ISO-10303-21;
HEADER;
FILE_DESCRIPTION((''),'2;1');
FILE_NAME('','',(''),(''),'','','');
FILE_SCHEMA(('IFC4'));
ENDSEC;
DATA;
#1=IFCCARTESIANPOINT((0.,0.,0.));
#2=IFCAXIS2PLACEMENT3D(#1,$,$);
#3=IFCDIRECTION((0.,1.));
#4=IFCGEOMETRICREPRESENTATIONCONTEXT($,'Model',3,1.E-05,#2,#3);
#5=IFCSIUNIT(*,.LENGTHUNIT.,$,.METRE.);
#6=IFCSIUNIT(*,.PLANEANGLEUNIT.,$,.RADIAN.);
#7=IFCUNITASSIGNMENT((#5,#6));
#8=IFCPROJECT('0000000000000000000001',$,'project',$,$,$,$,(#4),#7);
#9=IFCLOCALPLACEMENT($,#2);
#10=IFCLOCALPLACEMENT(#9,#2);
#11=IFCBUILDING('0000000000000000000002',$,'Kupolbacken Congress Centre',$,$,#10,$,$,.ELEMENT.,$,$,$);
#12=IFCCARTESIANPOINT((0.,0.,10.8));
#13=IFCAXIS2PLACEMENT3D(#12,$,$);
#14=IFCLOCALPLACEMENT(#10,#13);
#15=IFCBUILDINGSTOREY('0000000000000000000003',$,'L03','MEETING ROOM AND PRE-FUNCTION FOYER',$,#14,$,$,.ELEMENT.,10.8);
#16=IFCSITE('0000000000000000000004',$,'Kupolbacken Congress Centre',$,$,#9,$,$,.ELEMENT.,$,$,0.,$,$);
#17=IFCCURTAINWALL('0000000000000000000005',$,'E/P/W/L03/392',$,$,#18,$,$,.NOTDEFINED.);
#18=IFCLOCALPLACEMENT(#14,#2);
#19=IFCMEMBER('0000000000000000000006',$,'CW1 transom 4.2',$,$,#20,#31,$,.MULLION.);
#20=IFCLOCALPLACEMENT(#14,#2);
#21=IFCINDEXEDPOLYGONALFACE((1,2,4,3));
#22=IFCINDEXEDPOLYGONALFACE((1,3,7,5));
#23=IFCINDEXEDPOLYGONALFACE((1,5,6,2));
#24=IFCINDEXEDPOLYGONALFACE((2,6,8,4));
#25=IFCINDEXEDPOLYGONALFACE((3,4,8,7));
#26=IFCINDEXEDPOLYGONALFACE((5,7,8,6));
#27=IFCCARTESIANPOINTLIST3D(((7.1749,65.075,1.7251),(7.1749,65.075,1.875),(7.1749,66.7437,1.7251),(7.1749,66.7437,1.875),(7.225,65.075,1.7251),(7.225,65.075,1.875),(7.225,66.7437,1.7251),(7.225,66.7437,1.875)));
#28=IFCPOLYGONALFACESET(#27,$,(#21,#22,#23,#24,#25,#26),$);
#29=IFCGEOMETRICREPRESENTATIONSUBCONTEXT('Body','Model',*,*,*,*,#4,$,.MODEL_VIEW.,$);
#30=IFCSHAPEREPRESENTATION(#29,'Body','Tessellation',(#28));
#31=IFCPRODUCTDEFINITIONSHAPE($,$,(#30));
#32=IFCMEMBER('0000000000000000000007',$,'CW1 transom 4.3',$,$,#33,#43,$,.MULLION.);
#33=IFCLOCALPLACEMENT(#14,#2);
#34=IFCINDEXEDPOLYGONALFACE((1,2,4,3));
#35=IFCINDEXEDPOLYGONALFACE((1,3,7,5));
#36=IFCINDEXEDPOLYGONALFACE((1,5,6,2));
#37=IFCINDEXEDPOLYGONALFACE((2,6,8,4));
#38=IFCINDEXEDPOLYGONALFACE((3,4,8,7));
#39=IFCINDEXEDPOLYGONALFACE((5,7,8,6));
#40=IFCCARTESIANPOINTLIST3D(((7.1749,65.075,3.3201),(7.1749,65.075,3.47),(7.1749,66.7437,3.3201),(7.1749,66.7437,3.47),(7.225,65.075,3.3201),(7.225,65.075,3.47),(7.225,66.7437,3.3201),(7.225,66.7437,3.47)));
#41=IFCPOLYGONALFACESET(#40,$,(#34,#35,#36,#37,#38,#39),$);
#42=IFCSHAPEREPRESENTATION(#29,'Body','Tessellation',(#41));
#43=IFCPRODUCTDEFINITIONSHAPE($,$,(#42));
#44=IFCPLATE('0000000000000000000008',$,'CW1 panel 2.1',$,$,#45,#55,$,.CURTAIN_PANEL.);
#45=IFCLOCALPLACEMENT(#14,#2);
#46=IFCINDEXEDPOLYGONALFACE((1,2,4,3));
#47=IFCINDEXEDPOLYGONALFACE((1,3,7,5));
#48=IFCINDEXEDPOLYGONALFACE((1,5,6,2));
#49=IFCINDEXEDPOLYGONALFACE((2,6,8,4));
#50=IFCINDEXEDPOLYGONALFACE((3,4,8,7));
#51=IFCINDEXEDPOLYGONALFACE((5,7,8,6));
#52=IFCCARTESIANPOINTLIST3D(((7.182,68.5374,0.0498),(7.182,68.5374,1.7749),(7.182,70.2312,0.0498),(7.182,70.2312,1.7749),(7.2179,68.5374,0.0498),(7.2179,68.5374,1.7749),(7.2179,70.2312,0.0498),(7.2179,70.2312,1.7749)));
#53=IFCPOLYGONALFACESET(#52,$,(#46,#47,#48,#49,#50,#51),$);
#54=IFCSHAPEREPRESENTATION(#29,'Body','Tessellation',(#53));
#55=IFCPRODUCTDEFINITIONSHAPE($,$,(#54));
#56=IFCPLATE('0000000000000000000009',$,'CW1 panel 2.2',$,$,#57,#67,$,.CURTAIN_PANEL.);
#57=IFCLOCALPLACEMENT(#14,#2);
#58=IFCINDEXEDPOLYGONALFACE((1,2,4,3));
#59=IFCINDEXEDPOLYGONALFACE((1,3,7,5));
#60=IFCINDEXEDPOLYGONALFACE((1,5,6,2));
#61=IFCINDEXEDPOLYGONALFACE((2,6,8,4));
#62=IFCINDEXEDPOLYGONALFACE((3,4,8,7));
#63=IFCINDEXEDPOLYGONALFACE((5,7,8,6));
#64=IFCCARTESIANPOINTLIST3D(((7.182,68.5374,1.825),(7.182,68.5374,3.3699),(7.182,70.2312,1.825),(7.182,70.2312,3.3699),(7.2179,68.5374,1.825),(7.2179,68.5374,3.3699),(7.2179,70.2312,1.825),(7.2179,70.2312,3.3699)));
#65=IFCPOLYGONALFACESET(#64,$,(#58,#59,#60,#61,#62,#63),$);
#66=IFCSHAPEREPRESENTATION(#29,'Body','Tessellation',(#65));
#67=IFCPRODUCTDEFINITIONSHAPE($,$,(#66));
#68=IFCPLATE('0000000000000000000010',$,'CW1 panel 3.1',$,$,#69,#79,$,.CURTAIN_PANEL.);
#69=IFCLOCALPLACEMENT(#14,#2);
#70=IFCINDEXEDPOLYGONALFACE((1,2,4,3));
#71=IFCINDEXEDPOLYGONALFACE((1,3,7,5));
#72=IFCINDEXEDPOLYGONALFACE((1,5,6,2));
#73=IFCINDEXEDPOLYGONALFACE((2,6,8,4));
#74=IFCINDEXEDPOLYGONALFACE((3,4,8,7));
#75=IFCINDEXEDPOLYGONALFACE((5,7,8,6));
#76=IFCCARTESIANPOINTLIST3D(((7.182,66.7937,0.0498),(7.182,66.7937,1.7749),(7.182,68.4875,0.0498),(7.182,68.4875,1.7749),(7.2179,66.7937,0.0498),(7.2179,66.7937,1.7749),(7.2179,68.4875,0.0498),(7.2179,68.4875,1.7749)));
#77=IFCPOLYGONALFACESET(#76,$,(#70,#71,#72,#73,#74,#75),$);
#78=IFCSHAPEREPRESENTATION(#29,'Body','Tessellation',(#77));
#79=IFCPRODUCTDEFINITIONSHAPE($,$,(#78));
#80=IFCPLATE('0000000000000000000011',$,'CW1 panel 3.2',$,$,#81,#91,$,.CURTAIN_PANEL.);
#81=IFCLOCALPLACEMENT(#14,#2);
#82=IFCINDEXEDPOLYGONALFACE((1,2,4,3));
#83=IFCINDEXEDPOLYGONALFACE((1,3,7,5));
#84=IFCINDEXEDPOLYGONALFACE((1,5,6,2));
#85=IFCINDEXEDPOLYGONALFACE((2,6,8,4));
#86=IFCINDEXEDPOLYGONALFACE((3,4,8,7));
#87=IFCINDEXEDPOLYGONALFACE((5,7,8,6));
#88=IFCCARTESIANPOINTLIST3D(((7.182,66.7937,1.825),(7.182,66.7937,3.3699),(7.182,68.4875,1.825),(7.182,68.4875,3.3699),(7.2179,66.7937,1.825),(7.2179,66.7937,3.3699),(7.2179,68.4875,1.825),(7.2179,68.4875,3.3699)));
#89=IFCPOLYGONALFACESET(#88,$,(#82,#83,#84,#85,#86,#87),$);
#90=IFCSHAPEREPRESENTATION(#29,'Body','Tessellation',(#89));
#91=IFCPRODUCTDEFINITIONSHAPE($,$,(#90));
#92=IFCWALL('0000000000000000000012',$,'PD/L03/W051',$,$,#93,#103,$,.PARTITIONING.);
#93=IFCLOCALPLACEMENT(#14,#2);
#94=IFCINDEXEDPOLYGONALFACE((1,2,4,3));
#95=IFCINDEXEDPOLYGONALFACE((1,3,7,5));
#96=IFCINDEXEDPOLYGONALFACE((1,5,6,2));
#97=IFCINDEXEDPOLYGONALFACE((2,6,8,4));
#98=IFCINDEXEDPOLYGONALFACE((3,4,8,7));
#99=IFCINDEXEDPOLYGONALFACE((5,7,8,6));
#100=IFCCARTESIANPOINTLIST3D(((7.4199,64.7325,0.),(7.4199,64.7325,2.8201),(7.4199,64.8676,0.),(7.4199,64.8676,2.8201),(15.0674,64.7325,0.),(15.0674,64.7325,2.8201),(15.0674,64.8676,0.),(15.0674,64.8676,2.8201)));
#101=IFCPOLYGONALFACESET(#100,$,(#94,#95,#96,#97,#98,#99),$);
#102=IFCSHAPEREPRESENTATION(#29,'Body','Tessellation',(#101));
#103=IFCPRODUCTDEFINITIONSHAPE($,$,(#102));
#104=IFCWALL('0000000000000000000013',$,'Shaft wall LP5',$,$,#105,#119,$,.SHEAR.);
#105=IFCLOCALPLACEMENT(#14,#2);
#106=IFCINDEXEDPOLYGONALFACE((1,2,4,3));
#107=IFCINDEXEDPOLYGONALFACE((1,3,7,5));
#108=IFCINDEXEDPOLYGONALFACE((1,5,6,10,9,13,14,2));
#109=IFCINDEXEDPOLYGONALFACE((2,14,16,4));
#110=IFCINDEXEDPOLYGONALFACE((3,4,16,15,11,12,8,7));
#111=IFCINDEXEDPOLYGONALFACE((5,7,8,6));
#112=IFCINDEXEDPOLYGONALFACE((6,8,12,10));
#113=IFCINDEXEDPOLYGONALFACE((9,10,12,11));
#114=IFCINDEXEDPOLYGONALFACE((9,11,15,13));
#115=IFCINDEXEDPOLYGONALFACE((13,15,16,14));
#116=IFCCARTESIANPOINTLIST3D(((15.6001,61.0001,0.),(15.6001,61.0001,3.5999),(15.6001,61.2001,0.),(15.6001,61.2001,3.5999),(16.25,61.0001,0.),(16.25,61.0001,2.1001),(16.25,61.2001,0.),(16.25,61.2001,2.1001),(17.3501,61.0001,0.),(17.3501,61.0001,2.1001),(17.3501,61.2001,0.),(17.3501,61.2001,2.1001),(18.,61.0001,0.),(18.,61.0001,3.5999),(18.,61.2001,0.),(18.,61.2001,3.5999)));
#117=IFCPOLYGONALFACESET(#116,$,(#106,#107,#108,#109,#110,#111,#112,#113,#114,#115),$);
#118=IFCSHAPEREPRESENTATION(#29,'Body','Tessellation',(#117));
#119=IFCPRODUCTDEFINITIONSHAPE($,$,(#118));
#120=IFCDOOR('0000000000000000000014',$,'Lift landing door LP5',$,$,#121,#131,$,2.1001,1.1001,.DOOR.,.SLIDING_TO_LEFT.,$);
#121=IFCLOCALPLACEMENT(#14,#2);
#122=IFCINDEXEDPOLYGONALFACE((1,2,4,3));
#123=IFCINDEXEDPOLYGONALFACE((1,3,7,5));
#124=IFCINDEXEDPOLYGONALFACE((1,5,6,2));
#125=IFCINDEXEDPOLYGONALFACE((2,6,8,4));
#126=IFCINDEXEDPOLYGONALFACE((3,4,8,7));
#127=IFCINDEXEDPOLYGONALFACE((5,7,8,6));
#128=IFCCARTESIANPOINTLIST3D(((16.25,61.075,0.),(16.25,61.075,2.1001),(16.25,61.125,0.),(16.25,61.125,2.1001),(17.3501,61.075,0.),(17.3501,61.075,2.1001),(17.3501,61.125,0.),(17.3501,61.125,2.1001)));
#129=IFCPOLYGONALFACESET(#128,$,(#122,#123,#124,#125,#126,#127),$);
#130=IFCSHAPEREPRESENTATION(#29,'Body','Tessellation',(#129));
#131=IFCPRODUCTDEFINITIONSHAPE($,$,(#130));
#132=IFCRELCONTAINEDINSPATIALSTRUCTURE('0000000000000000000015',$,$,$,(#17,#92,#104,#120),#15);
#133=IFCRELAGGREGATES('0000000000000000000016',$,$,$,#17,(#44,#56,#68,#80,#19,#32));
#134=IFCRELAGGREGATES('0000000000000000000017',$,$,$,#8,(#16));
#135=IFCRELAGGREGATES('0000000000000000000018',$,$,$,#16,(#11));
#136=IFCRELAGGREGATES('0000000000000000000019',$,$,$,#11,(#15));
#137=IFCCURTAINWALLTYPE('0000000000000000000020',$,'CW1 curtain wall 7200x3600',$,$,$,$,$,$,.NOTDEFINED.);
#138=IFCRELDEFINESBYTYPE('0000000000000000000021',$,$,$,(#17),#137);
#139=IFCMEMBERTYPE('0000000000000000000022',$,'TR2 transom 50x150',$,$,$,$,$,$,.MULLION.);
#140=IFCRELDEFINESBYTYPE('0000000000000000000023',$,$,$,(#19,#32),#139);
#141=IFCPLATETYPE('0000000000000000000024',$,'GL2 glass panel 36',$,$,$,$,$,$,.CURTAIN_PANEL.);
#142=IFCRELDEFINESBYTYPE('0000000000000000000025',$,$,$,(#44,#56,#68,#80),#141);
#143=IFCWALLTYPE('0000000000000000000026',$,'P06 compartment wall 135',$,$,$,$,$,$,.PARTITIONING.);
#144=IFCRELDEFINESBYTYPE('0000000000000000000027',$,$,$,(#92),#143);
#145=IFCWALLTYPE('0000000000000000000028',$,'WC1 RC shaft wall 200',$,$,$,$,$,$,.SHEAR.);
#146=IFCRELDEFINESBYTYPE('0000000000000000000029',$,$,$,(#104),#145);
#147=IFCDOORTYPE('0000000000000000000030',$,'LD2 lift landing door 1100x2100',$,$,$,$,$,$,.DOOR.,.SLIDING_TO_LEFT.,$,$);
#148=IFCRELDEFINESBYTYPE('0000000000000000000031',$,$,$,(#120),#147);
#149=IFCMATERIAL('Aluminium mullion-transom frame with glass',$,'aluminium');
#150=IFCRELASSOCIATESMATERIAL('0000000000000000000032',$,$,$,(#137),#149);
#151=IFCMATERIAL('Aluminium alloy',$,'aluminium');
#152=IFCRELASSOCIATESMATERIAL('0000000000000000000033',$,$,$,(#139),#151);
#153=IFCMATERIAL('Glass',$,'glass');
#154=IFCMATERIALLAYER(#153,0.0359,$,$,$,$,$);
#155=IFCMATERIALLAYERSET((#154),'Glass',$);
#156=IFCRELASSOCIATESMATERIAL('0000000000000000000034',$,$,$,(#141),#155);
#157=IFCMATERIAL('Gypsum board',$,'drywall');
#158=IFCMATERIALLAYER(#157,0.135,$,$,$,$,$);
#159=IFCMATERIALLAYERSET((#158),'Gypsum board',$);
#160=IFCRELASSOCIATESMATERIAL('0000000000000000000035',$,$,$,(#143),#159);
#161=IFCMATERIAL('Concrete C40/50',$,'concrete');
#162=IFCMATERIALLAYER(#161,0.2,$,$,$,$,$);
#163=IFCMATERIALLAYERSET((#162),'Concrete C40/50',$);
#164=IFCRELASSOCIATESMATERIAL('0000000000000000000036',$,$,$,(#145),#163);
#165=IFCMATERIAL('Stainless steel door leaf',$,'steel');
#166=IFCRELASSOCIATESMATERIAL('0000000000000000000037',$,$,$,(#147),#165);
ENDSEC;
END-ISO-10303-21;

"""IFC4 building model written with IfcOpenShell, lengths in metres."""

from ifc_helpers import new_model, si_unit, direction, frame, frame_2d, origin, origin_2d, place, context, subcontext, project, spatial, rectangle, extrude, material, layer, layer_set, material_profile, profile_set, type_object, element, fill, aggregate, save


model = new_model("IFC4")

# Units and contexts
model_context = context("Model", 3, precision=1e-05, world=origin(), true_north=direction((0.0, 1.0)))
body_context = subcontext(model_context, "Body", "Model", "MODEL_VIEW")
ifc_project = project(units=[si_unit("LENGTHUNIT", "METRE"), si_unit("PLANEANGLEUNIT", "RADIAN")], contexts=[model_context])

# Site, building, storey
site_placement = place(None, origin())
site = spatial("IfcSite", under=ifc_project, at=site_placement, Name="Kupolbacken Congress Centre", CompositionType="ELEMENT", RefElevation=0.0)
building_placement = place(site_placement, origin())
building = spatial("IfcBuilding", under=site, at=building_placement, Name="Kupolbacken Congress Centre", CompositionType="ELEMENT")
storey_placement = place(building_placement, frame((0.0, 0.0, 10.8)))
storey = spatial("IfcBuildingStorey", under=building, at=storey_placement, Name="L03", Description="MEETING ROOM AND PRE-FUNCTION FOYER", CompositionType="ELEMENT", Elevation=10.8)

# Curtain wall, members, plates
ifc_material_1 = material(Name="Aluminium mullion-transom frame with glass", Category="aluminium")
curtain_wall_type = type_object("IfcCurtainWallType", Name="CW1 curtain wall 7200x3600", PredefinedType="NOTDEFINED", material=ifc_material_1)
curtain_wall_placement = place(storey_placement, origin())
curtain_wall = element("IfcCurtainWall", 1, at=curtain_wall_placement, inside=storey, type_object=curtain_wall_type, Name="E/P/W/L03/392", PredefinedType="NOTDEFINED")
ifc_material_2 = material(Name="Aluminium alloy", Category="aluminium")
ifc_material_profile_1 = material_profile(ifc_material_2, rectangle(XDim=0.05, YDim=0.1499, at=origin_2d()), Name="50 x 150")
ifc_profile_set_1 = profile_set([ifc_material_profile_1], Name="Aluminium alloy")
member_type_1 = type_object("IfcMemberType", Name="TR2 transom 50x150", PredefinedType="MULLION", material=ifc_profile_set_1)
member_1_placement = place(storey_placement, frame((7.2, 66.7437, 1.8), z_axis=(0.0, -1.0, 0.0), x_axis=(1.0, 0.0, 0.0)))
member_1 = element("IfcMember", 2, at=member_1_placement, type_object=member_type_1, Name="CW1 transom 4.2", PredefinedType="MULLION", context=body_context, shape_type="SweptSolid", body=[
    extrude(rectangle(XDim=0.05, YDim=0.1499, at=origin_2d()), origin(), (0.0, 0.0, 1.0), 1.6687),
])
member_2_placement = place(storey_placement, frame((7.2, 66.7437, 3.395), z_axis=(0.0, -1.0, 0.0), x_axis=(1.0, 0.0, 0.0)))
member_2 = element("IfcMember", 3, at=member_2_placement, type_object=member_type_1, Name="CW1 transom 4.3", PredefinedType="MULLION", context=body_context, shape_type="SweptSolid", body=[
    extrude(rectangle(XDim=0.05, YDim=0.1499, at=origin_2d()), origin(), (0.0, 0.0, 1.0), 1.6687),
])
ifc_material_3 = material(Name="Glass", Category="glass")
ifc_layer_1 = layer(ifc_material_3, 0.0359)
ifc_layer_set_1 = layer_set([ifc_layer_1], Name="Glass")
plate_type = type_object("IfcPlateType", Name="GL2 glass panel 36", PredefinedType="CURTAIN_PANEL", material=ifc_layer_set_1)
plate_1_placement = place(storey_placement, frame((7.2, 69.3843, 0.0498), z_axis=(0.0, 0.0, 1.0), x_axis=(0.0, -1.0, 0.0)))
plate_1 = element("IfcPlate", 4, at=plate_1_placement, type_object=plate_type, Name="CW1 panel 2.1", PredefinedType="CURTAIN_PANEL", context=body_context, shape_type="SweptSolid", body=[
    extrude(rectangle(XDim=1.6938, YDim=0.0359, at=origin_2d()), origin(), (0.0, 0.0, 1.0), 1.7251),
])
plate_2_placement = place(storey_placement, frame((7.2, 69.3843, 1.825), z_axis=(0.0, 0.0, 1.0), x_axis=(0.0, -1.0, 0.0)))
plate_2 = element("IfcPlate", 5, at=plate_2_placement, type_object=plate_type, Name="CW1 panel 2.2", PredefinedType="CURTAIN_PANEL", context=body_context, shape_type="SweptSolid", body=[
    extrude(rectangle(XDim=1.6938, YDim=0.0359, at=origin_2d()), origin(), (0.0, 0.0, 1.0), 1.5449),
])
plate_3_placement = place(storey_placement, frame((7.2, 67.6406, 0.0498), z_axis=(0.0, 0.0, 1.0), x_axis=(0.0, -1.0, 0.0)))
plate_3 = element("IfcPlate", 6, at=plate_3_placement, type_object=plate_type, Name="CW1 panel 3.1", PredefinedType="CURTAIN_PANEL", context=body_context, shape_type="SweptSolid", body=[
    extrude(rectangle(XDim=1.6938, YDim=0.0359, at=origin_2d()), origin(), (0.0, 0.0, 1.0), 1.7251),
])
plate_4_placement = place(storey_placement, frame((7.2, 67.6406, 1.825), z_axis=(0.0, 0.0, 1.0), x_axis=(0.0, -1.0, 0.0)))
plate_4 = element("IfcPlate", 7, at=plate_4_placement, type_object=plate_type, Name="CW1 panel 3.2", PredefinedType="CURTAIN_PANEL", context=body_context, shape_type="SweptSolid", body=[
    extrude(rectangle(XDim=1.6938, YDim=0.0359, at=origin_2d()), origin(), (0.0, 0.0, 1.0), 1.5449),
])
aggregate(curtain_wall, [plate_1, plate_2, plate_3, plate_4, member_1, member_2])

# Wall
ifc_material_4 = material(Name="Gypsum board", Category="drywall")
ifc_layer_2 = layer(ifc_material_4, 0.135)
ifc_layer_set_2 = layer_set([ifc_layer_2], Name="Gypsum board")
wall_type_1 = type_object("IfcWallType", Name="P06 compartment wall 135", PredefinedType="PARTITIONING", material=ifc_layer_set_2)
wall_1_placement = place(storey_placement, frame((15.0674, 64.8, 0.0), z_axis=(0.0, 0.0, 1.0), x_axis=(-1.0, 0.0, 0.0)))
element("IfcWall", 8, at=wall_1_placement, inside=storey, type_object=wall_type_1, Name="PD/L03/W051", PredefinedType="PARTITIONING", context=body_context, shape_type="SweptSolid", body=[
    extrude(rectangle(XDim=7.6475, YDim=0.135, at=frame_2d((3.8237, 0.0))), origin(), (0.0, 0.0, 1.0), 2.8201),
])

# Wall, opening, door
ifc_material_5 = material(Name="Concrete C40/50", Category="concrete")
ifc_layer_3 = layer(ifc_material_5, 0.2)
ifc_layer_set_3 = layer_set([ifc_layer_3], Name="Concrete C40/50")
wall_type_2 = type_object("IfcWallType", Name="WC1 RC shaft wall 200", PredefinedType="SHEAR", material=ifc_layer_set_3)
wall_2_placement = place(storey_placement, frame((15.6001, 61.1001, 0.0), z_axis=(0.0, 0.0, 1.0), x_axis=(1.0, 0.0, 0.0)))
wall_2 = element("IfcWall", 9, at=wall_2_placement, inside=storey, type_object=wall_type_2, Name="Shaft wall LP5", PredefinedType="SHEAR", context=body_context, shape_type="SweptSolid", body=[
    extrude(rectangle(XDim=2.3999, YDim=0.2, at=frame_2d((1.2, 0.0))), origin(), (0.0, 0.0, 1.0), 3.5999),
])
opening_1_placement = place(wall_2_placement, frame((0.6499, 0.0, 0.0)))
opening_1 = element("IfcOpeningElement", 10, at=opening_1_placement, cuts=wall_2, PredefinedType="OPENING", context=body_context, shape_type="SweptSolid", body=[
    extrude(rectangle(XDim=1.1001, YDim=2.1001, at=frame_2d((0.55, 1.05))), frame((0.0, 0.1099, 0.0), z_axis=(0.0, -1.0, 0.0), x_axis=(1.0, 0.0, 0.0)), (0.0, 0.0, 1.0), 0.22),
])
ifc_material_6 = material(Name="Stainless steel door leaf", Category="steel")
door_type_1 = type_object("IfcDoorType", Name="LD2 lift landing door 1100x2100", OperationType="SLIDING_TO_LEFT", PredefinedType="DOOR", material=ifc_material_6)
door_1_placement = place(opening_1_placement, origin())
door_1 = element("IfcDoor", 11, at=door_1_placement, inside=storey, type_object=door_type_1, Name="Lift landing door LP5", OperationType="SLIDING_TO_LEFT", OverallHeight=2.1001, OverallWidth=1.1001, PredefinedType="DOOR", context=body_context, shape_type="SweptSolid", body=[
    extrude(rectangle(XDim=1.1001, YDim=2.1001, at=frame_2d((0.55, 1.05))), frame((0.0, 0.0249, 0.0), z_axis=(0.0, -1.0, 0.0), x_axis=(1.0, 0.0, 0.0)), (0.0, 0.0, 1.0), 0.05),
])
fill(opening_1, door_1)

save(model, "model.ifc")
